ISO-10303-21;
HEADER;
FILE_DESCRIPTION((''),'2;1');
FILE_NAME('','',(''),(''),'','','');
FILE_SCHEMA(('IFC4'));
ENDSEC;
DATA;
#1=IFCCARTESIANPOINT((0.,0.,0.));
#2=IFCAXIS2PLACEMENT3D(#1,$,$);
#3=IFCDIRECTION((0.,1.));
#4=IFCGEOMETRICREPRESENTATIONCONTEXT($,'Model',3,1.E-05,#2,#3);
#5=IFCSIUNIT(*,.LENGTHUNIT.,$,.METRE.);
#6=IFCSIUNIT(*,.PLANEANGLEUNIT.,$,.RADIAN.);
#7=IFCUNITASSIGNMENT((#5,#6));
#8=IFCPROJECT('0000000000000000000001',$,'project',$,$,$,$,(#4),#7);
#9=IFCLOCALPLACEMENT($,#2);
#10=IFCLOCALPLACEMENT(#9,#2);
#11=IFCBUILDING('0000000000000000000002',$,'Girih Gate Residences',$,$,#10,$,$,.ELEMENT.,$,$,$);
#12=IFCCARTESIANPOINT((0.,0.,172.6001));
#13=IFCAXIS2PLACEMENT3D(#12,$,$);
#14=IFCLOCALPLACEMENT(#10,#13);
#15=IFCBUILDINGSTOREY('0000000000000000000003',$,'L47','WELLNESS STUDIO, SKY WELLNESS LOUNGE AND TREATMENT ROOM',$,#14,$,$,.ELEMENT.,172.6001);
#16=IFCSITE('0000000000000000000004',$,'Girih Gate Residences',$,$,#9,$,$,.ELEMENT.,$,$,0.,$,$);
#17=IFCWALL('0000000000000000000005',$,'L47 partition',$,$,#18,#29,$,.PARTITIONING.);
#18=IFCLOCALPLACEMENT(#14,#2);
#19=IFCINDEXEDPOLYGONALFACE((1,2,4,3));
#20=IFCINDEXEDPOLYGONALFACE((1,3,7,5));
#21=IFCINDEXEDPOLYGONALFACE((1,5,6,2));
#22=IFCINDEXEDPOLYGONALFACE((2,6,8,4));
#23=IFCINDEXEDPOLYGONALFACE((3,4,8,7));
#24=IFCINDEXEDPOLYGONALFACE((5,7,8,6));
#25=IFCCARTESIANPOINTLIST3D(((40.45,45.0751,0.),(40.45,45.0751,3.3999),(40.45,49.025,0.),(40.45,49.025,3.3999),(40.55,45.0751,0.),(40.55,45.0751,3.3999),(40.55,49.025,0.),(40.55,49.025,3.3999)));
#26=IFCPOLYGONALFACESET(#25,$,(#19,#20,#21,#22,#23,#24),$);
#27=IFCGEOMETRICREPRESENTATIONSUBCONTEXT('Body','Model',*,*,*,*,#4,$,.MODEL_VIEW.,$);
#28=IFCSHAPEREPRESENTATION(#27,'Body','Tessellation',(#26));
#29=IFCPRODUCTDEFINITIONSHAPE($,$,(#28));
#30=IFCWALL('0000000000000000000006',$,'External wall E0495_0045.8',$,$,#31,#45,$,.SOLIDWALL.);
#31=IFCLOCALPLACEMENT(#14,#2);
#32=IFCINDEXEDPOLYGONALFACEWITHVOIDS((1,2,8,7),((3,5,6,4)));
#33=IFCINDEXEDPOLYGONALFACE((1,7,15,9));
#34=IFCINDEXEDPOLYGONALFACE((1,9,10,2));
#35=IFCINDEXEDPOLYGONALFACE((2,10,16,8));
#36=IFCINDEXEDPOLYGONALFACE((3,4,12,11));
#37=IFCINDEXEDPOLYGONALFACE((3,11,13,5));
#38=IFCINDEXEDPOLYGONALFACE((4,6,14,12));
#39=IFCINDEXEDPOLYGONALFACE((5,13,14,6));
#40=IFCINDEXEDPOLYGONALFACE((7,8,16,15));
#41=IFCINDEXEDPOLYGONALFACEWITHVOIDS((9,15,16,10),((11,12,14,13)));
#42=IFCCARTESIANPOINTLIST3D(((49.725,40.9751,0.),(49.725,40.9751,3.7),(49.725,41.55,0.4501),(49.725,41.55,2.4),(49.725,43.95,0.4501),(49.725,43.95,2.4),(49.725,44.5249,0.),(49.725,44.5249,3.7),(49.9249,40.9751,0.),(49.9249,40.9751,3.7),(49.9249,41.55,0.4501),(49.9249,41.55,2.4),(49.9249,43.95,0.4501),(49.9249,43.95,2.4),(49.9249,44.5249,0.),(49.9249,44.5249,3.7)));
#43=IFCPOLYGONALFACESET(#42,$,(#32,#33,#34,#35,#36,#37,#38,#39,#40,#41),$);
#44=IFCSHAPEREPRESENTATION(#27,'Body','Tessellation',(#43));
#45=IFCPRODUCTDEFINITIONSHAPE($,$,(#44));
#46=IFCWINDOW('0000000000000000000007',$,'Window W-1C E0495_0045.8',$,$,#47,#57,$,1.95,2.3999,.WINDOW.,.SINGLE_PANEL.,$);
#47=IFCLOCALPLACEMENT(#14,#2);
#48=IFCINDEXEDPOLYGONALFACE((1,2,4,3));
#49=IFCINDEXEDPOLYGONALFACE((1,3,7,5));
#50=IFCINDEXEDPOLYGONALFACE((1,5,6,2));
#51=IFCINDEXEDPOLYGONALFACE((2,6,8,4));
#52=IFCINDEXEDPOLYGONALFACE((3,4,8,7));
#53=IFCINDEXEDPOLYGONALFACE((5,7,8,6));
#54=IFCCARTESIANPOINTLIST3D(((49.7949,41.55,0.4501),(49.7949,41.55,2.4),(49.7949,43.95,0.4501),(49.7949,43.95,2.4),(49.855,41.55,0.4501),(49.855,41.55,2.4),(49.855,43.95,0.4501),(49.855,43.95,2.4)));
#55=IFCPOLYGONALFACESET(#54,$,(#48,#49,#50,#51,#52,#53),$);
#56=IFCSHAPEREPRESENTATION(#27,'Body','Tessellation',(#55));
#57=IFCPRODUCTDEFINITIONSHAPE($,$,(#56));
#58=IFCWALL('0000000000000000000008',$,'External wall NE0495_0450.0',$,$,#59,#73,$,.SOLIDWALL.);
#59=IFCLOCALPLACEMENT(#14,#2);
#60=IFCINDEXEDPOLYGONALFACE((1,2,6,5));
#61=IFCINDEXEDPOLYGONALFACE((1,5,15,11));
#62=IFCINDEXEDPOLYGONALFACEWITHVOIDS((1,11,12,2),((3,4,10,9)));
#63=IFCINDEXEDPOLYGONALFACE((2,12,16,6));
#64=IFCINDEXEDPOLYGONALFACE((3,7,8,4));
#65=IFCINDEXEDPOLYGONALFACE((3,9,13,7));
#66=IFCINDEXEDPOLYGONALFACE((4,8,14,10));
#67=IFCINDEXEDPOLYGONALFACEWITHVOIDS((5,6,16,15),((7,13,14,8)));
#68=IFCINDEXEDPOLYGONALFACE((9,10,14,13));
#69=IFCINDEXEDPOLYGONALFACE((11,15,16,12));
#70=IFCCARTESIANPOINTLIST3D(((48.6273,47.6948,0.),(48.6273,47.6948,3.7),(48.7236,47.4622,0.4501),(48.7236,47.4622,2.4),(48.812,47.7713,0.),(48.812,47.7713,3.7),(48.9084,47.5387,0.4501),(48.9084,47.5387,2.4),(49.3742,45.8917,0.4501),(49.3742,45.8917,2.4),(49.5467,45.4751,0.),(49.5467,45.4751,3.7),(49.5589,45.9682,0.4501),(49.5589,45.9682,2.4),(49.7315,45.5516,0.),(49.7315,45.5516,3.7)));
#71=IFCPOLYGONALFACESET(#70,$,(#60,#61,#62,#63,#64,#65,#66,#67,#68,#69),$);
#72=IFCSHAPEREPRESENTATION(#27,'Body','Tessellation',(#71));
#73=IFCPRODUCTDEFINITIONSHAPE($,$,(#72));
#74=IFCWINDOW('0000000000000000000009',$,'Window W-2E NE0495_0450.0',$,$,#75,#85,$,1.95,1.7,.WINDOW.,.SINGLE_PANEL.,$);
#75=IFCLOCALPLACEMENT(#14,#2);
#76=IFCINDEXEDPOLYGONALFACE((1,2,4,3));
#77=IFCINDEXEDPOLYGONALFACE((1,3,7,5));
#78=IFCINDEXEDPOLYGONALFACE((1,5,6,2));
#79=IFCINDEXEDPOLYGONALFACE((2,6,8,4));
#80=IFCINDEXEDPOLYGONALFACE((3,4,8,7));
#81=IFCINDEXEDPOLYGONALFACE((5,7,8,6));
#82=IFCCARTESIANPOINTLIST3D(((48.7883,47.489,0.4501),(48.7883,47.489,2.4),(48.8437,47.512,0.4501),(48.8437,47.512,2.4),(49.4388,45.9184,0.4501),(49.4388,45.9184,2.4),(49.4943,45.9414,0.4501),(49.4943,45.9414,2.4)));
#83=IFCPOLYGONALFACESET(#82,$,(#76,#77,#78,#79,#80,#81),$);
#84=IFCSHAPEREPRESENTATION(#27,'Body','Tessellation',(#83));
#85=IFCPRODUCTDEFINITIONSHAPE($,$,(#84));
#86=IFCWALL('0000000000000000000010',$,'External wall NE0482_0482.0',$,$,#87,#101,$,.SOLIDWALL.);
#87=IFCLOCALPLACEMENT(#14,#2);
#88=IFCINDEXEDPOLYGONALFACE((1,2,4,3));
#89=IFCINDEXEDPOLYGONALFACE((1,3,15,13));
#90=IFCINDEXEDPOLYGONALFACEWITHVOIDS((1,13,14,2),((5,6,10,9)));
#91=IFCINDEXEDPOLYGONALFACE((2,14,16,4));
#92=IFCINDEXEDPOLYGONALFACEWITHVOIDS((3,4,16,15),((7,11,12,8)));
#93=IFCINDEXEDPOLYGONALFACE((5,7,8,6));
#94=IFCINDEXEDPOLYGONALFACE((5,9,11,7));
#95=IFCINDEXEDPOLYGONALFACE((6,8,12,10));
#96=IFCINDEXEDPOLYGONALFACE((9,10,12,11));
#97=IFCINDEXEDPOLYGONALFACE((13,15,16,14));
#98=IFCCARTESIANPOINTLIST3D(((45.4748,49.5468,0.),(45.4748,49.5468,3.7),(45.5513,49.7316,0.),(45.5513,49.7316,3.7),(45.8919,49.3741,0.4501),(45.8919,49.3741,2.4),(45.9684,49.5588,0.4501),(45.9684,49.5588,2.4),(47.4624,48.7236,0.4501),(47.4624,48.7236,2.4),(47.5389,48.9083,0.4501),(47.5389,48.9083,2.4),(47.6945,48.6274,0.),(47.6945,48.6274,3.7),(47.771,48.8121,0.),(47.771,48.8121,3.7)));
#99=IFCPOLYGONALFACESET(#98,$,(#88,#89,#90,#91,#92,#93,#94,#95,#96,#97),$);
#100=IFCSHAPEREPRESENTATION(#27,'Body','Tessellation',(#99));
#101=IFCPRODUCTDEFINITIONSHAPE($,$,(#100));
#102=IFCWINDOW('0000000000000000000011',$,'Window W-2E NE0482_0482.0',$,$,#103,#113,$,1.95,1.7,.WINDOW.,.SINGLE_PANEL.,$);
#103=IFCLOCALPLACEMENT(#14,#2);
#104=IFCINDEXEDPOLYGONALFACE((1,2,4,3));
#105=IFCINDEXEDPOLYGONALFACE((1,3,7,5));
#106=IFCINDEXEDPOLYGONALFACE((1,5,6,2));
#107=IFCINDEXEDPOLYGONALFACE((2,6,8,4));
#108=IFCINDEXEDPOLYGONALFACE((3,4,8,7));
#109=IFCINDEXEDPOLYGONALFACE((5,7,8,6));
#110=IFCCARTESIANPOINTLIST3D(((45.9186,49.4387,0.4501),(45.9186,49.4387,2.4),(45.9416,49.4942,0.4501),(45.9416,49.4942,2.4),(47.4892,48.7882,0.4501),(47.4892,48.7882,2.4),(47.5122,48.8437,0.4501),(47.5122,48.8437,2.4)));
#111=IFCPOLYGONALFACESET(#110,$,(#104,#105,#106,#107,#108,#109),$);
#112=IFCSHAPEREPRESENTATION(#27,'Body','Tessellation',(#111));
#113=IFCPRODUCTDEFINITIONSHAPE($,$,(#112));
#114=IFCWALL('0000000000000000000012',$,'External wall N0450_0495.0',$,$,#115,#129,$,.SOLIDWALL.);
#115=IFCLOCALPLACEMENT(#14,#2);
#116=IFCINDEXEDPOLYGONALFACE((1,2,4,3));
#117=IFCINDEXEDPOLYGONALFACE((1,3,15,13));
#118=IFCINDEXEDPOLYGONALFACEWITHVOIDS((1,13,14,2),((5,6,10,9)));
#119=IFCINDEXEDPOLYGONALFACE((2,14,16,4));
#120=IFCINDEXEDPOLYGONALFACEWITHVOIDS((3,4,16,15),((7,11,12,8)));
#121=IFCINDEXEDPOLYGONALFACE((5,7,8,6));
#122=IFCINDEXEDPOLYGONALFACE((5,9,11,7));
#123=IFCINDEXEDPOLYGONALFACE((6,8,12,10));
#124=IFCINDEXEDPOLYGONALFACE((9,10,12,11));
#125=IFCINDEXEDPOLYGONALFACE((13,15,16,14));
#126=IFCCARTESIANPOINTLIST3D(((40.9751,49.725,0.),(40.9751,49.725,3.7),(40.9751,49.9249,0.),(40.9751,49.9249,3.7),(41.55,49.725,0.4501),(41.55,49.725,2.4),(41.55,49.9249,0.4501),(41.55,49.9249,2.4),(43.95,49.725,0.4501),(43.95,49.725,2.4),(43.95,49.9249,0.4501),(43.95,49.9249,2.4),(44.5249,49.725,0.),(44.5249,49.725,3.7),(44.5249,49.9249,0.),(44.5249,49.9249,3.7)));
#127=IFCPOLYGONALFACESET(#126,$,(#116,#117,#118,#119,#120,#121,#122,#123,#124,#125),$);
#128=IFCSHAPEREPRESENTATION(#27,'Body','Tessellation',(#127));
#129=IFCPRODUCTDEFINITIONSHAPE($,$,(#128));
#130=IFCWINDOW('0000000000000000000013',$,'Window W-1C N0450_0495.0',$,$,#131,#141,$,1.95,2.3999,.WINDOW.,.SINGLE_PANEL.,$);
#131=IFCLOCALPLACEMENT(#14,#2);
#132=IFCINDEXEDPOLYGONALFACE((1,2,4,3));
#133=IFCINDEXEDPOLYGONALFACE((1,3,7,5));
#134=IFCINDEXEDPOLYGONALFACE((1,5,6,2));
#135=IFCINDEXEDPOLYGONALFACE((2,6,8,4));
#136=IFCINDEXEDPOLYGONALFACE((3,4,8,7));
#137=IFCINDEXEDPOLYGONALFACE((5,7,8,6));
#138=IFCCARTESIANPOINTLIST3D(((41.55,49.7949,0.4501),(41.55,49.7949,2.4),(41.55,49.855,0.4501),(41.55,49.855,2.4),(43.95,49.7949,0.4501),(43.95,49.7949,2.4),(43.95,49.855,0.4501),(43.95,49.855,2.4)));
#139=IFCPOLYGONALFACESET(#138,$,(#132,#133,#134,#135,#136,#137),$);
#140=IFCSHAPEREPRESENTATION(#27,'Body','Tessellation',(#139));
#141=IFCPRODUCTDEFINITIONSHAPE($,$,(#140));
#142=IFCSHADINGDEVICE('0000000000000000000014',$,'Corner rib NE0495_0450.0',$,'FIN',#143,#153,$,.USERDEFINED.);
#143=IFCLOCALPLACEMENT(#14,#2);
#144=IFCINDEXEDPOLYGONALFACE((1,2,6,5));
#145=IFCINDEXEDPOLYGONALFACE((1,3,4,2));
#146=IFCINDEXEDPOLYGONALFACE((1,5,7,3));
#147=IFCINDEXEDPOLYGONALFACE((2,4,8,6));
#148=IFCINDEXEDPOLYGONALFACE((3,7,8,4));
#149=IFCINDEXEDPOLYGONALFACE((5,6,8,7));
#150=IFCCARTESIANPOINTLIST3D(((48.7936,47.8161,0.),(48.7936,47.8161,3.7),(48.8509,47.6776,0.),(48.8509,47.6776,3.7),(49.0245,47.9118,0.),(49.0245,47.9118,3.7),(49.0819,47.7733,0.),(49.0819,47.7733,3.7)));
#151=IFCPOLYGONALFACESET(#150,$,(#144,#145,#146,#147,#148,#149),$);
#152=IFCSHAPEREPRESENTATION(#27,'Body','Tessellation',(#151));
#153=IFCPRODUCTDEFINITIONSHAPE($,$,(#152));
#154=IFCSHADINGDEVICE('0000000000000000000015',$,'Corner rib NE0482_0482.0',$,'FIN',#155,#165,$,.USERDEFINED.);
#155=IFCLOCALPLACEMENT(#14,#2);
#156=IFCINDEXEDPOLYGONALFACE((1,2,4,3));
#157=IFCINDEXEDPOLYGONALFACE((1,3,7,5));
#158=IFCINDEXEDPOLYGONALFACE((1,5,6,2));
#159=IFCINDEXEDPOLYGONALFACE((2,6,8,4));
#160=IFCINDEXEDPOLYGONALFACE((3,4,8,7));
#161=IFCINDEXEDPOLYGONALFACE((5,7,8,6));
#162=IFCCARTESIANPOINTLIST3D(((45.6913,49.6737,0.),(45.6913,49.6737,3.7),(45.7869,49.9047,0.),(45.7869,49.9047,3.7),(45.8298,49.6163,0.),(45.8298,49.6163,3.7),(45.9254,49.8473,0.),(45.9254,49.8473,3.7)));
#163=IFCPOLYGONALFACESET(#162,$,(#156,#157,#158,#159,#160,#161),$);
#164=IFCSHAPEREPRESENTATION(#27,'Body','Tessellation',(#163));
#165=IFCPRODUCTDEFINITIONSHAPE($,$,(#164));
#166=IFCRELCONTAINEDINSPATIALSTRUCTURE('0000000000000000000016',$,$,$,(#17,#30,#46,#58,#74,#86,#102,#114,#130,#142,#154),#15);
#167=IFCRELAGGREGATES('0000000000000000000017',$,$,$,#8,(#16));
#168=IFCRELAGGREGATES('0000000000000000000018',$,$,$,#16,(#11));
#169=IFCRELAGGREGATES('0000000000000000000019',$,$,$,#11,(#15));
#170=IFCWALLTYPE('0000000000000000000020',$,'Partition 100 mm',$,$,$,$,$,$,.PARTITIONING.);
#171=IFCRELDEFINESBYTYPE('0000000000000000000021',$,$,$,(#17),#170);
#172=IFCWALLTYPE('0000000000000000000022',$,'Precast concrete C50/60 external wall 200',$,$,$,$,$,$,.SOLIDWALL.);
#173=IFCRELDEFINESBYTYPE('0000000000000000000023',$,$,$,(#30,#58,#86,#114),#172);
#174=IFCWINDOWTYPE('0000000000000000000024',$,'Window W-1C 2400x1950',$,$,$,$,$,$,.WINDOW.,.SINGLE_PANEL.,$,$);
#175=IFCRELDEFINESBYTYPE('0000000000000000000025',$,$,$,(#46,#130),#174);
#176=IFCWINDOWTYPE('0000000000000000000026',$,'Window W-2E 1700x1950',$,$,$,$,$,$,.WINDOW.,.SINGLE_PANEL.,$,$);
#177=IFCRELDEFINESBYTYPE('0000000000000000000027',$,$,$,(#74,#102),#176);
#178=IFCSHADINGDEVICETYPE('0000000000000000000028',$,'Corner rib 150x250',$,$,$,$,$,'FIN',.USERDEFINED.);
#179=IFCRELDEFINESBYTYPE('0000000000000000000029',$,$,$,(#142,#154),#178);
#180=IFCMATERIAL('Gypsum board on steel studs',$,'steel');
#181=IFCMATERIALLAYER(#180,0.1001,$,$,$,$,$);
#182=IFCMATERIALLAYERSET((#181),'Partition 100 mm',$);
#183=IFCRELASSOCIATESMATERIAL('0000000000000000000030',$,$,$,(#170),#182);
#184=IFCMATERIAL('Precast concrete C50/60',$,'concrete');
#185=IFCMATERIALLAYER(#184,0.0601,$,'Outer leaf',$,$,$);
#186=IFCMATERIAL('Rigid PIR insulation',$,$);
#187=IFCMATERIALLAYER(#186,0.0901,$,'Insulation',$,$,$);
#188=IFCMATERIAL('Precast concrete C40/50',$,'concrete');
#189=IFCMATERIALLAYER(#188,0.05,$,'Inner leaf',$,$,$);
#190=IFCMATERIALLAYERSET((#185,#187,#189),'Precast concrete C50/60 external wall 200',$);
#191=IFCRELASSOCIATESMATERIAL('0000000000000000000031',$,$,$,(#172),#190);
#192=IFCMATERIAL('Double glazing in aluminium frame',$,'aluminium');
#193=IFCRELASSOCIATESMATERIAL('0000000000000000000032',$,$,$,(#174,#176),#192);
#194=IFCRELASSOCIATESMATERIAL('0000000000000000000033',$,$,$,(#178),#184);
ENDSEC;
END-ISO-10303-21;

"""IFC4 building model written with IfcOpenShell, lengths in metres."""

from ifc_helpers import new_model, si_unit, direction, frame, frame_2d, origin, origin_2d, place, context, subcontext, project, spatial, rectangle, extrude, material, layer, layer_set, type_object, element, fill, save


model = new_model("IFC4")

# Units and contexts
model_context = context("Model", 3, precision=1e-05, world=origin(), true_north=direction((0.0, 1.0)))
body_context = subcontext(model_context, "Body", "Model", "MODEL_VIEW")
ifc_project = project(units=[si_unit("LENGTHUNIT", "METRE"), si_unit("PLANEANGLEUNIT", "RADIAN")], contexts=[model_context])

# Site, building, storey
site_placement = place(None, origin())
site = spatial("IfcSite", under=ifc_project, at=site_placement, Name="Girih Gate Residences", CompositionType="ELEMENT", RefElevation=0.0)
building_placement = place(site_placement, origin())
building = spatial("IfcBuilding", under=site, at=building_placement, Name="Girih Gate Residences", CompositionType="ELEMENT")
storey_placement = place(building_placement, frame((0.0, 0.0, 172.6001)))
storey = spatial("IfcBuildingStorey", under=building, at=storey_placement, Name="L47", Description="WELLNESS STUDIO, SKY WELLNESS LOUNGE AND TREATMENT ROOM", CompositionType="ELEMENT", Elevation=172.6001)

# Shared definitions
ifc_material_1 = material(Name="Gypsum board on steel studs", Category="steel")

# Wall
ifc_layer_1 = layer(ifc_material_1, 0.1001)
ifc_layer_set_1 = layer_set([ifc_layer_1], Name="Partition 100 mm")
wall_type_1 = type_object("IfcWallType", Name="Partition 100 mm", PredefinedType="PARTITIONING", material=ifc_layer_set_1)
wall_1_placement = place(storey_placement, frame((40.5, 45.075, 0.0), z_axis=(0.0, 0.0, 1.0), x_axis=(0.0, 1.0, 0.0)))
element("IfcWall", 1, at=wall_1_placement, inside=storey, type_object=wall_type_1, Name="L47 partition", PredefinedType="PARTITIONING", context=body_context, shape_type="SweptSolid", body=[
    extrude(rectangle(XDim=3.95, YDim=0.1001, at=frame_2d((1.9751, 0.0))), origin(), (0.0, 0.0, 1.0), 3.3999),
])

# Walls, openings, windows
ifc_material_2 = material(Name="Precast concrete C50/60", Category="concrete")
ifc_layer_2 = layer(ifc_material_2, 0.0601, Name="Outer leaf")
ifc_material_3 = material(Name="Rigid PIR insulation")
ifc_layer_3 = layer(ifc_material_3, 0.0901, Name="Insulation")
ifc_material_4 = material(Name="Precast concrete C40/50", Category="concrete")
ifc_layer_4 = layer(ifc_material_4, 0.05, Name="Inner leaf")
ifc_layer_set_2 = layer_set([ifc_layer_2, ifc_layer_3, ifc_layer_4], Name="Precast concrete C50/60 external wall 200")
wall_type_2 = type_object("IfcWallType", Name="Precast concrete C50/60 external wall 200", PredefinedType="SOLIDWALL", material=ifc_layer_set_2)
wall_2_placement = place(storey_placement, frame((49.825, 44.5249, 0.0), z_axis=(0.0, 0.0, 1.0), x_axis=(0.0, -1.0, 0.0)))
wall_2 = element("IfcWall", 2, at=wall_2_placement, inside=storey, type_object=wall_type_2, Name="External wall E0495_0045.8", PredefinedType="SOLIDWALL", context=body_context, shape_type="SweptSolid", body=[
    extrude(rectangle(XDim=3.5498, YDim=0.2, at=frame_2d((1.7749, 0.0))), origin(), (0.0, 0.0, 1.0), 3.7),
])
opening_1_placement = place(wall_2_placement, frame((0.575, 0.0, 0.45)))
opening_1 = element("IfcOpeningElement", 3, at=opening_1_placement, cuts=wall_2, PredefinedType="OPENING", context=body_context, shape_type="SweptSolid", body=[
    extrude(rectangle(XDim=2.3999, YDim=1.95, at=frame_2d((1.2, 0.9751))), frame((0.0, 0.1099, 0.0), z_axis=(0.0, -1.0, 0.0), x_axis=(1.0, 0.0, 0.0)), (0.0, 0.0, 1.0), 0.22),
])
ifc_material_5 = material(Name="Double glazing in aluminium frame", Category="aluminium")
window_type_1 = type_object("IfcWindowType", Name="Window W-1C 2400x1950", PartitioningType="SINGLE_PANEL", PredefinedType="WINDOW", material=ifc_material_5)
window_1_placement = place(opening_1_placement, origin())
window_1 = element("IfcWindow", 4, at=window_1_placement, inside=storey, type_object=window_type_1, Name="Window W-1C E0495_0045.8", OverallHeight=1.95, OverallWidth=2.3999, PartitioningType="SINGLE_PANEL", PredefinedType="WINDOW", context=body_context, shape_type="SweptSolid", body=[
    extrude(rectangle(XDim=2.3999, YDim=1.95, at=frame_2d((1.2, 0.9751))), frame((0.0, 0.03, 0.0), z_axis=(0.0, -1.0, 0.0), x_axis=(1.0, 0.0, 0.0)), (0.0, 0.0, 1.0), 0.0601),
])
fill(opening_1, window_1)
wall_3_placement = place(storey_placement, frame((48.7197, 47.7329, 0.0), z_axis=(0.0, 0.0, 1.0), x_axis=(0.382681, -0.923881, 0.0)))
wall_3 = element("IfcWall", 5, at=wall_3_placement, inside=storey, type_object=wall_type_2, Name="External wall NE0495_0450.0", PredefinedType="SOLIDWALL", context=body_context, shape_type="SweptSolid", body=[
    extrude(rectangle(XDim=2.4026, YDim=0.2, at=frame_2d((1.2012, 0.0))), origin(), (0.0, 0.0, 1.0), 3.7),
])
opening_2_placement = place(wall_3_placement, frame((0.2515, 0.0, 0.45)))
opening_2 = element("IfcOpeningElement", 6, at=opening_2_placement, cuts=wall_3, PredefinedType="OPENING", context=body_context, shape_type="SweptSolid", body=[
    extrude(rectangle(XDim=1.7, YDim=1.95, at=frame_2d((0.8501, 0.9751))), frame((0.0, 0.1099, 0.0), z_axis=(0.0, -1.0, 0.0), x_axis=(1.0, 0.0, 0.0)), (0.0, 0.0, 1.0), 0.22),
])
window_type_2 = type_object("IfcWindowType", Name="Window W-2E 1700x1950", PartitioningType="SINGLE_PANEL", PredefinedType="WINDOW", material=ifc_material_5)
window_2_placement = place(opening_2_placement, origin())
window_2 = element("IfcWindow", 7, at=window_2_placement, inside=storey, type_object=window_type_2, Name="Window W-2E NE0495_0450.0", OverallHeight=1.95, OverallWidth=1.7, PartitioningType="SINGLE_PANEL", PredefinedType="WINDOW", context=body_context, shape_type="SweptSolid", body=[
    extrude(rectangle(XDim=1.7, YDim=1.95, at=frame_2d((0.8501, 0.9751))), frame((0.0, 0.03, 0.0), z_axis=(0.0, -1.0, 0.0), x_axis=(1.0, 0.0, 0.0)), (0.0, 0.0, 1.0), 0.0601),
])
fill(opening_2, window_2)
wall_4_placement = place(storey_placement, frame((45.5132, 49.6392, 0.0), z_axis=(0.0, 0.0, 1.0), x_axis=(0.923881, -0.382681, 0.0)))
wall_4 = element("IfcWall", 8, at=wall_4_placement, inside=storey, type_object=wall_type_2, Name="External wall NE0482_0482.0", PredefinedType="SOLIDWALL", context=body_context, shape_type="SweptSolid", body=[
    extrude(rectangle(XDim=2.4026, YDim=0.2, at=frame_2d((1.2012, 0.0))), origin(), (0.0, 0.0, 1.0), 3.7),
])
opening_3_placement = place(wall_4_placement, frame((0.4512, 0.0, 0.45)))
opening_3 = element("IfcOpeningElement", 9, at=opening_3_placement, cuts=wall_4, PredefinedType="OPENING", context=body_context, shape_type="SweptSolid", body=[
    extrude(rectangle(XDim=1.7, YDim=1.95, at=frame_2d((0.8501, 0.9751))), frame((0.0, 0.1099, 0.0), z_axis=(0.0, -1.0, 0.0), x_axis=(1.0, 0.0, 0.0)), (0.0, 0.0, 1.0), 0.22),
])
window_3_placement = place(opening_3_placement, origin())
window_3 = element("IfcWindow", 10, at=window_3_placement, inside=storey, type_object=window_type_2, Name="Window W-2E NE0482_0482.0", OverallHeight=1.95, OverallWidth=1.7, PartitioningType="SINGLE_PANEL", PredefinedType="WINDOW", context=body_context, shape_type="SweptSolid", body=[
    extrude(rectangle(XDim=1.7, YDim=1.95, at=frame_2d((0.8501, 0.9751))), frame((0.0, 0.03, 0.0), z_axis=(0.0, -1.0, 0.0), x_axis=(1.0, 0.0, 0.0)), (0.0, 0.0, 1.0), 0.0601),
])
fill(opening_3, window_3)
wall_5_placement = place(storey_placement, frame((40.9751, 49.825, 0.0), z_axis=(0.0, 0.0, 1.0), x_axis=(1.0, 0.0, 0.0)))
wall_5 = element("IfcWall", 11, at=wall_5_placement, inside=storey, type_object=wall_type_2, Name="External wall N0450_0495.0", PredefinedType="SOLIDWALL", context=body_context, shape_type="SweptSolid", body=[
    extrude(rectangle(XDim=3.5498, YDim=0.2, at=frame_2d((1.7749, 0.0))), origin(), (0.0, 0.0, 1.0), 3.7),
])
opening_4_placement = place(wall_5_placement, frame((0.575, 0.0, 0.45)))
opening_4 = element("IfcOpeningElement", 12, at=opening_4_placement, cuts=wall_5, PredefinedType="OPENING", context=body_context, shape_type="SweptSolid", body=[
    extrude(rectangle(XDim=2.3999, YDim=1.95, at=frame_2d((1.2, 0.9751))), frame((0.0, 0.1099, 0.0), z_axis=(0.0, -1.0, 0.0), x_axis=(1.0, 0.0, 0.0)), (0.0, 0.0, 1.0), 0.22),
])
window_4_placement = place(opening_4_placement, origin())
window_4 = element("IfcWindow", 13, at=window_4_placement, inside=storey, type_object=window_type_1, Name="Window W-1C N0450_0495.0", OverallHeight=1.95, OverallWidth=2.3999, PartitioningType="SINGLE_PANEL", PredefinedType="WINDOW", context=body_context, shape_type="SweptSolid", body=[
    extrude(rectangle(XDim=2.3999, YDim=1.95, at=frame_2d((1.2, 0.9751))), frame((0.0, 0.03, 0.0), z_axis=(0.0, -1.0, 0.0), x_axis=(1.0, 0.0, 0.0)), (0.0, 0.0, 1.0), 0.0601),
])
fill(opening_4, window_4)

# Shading devices
shading_device_type = type_object("IfcShadingDeviceType", Name="Corner rib 150x250", ElementType="FIN", PredefinedType="USERDEFINED", material=ifc_material_2)
for number, where, z_axis, x_axis, name in (
    (14, (48.9377, 47.7947, 0.0), (0.0, 0.0, 1.0), (-0.382683, 0.92388, 0.0), "Corner rib NE0495_0450.0"),
    (15, (45.8083, 49.7605, 0.0), (0.0, 0.0, 1.0), (-0.92388, 0.382683, 0.0), "Corner rib NE0482_0482.0"),
):
    element("IfcShadingDevice", number, at=place(storey_placement, frame(where, z_axis=z_axis, x_axis=x_axis)), inside=storey, type_object=shading_device_type, Name=name, ObjectType="FIN", PredefinedType="USERDEFINED", context=body_context, shape_type="SweptSolid", body=[
        extrude(rectangle(XDim=0.1499, YDim=0.25, at=origin_2d()), origin(), (0.0, 0.0, 1.0), 3.7),
    ])

save(model, "model.ifc")
